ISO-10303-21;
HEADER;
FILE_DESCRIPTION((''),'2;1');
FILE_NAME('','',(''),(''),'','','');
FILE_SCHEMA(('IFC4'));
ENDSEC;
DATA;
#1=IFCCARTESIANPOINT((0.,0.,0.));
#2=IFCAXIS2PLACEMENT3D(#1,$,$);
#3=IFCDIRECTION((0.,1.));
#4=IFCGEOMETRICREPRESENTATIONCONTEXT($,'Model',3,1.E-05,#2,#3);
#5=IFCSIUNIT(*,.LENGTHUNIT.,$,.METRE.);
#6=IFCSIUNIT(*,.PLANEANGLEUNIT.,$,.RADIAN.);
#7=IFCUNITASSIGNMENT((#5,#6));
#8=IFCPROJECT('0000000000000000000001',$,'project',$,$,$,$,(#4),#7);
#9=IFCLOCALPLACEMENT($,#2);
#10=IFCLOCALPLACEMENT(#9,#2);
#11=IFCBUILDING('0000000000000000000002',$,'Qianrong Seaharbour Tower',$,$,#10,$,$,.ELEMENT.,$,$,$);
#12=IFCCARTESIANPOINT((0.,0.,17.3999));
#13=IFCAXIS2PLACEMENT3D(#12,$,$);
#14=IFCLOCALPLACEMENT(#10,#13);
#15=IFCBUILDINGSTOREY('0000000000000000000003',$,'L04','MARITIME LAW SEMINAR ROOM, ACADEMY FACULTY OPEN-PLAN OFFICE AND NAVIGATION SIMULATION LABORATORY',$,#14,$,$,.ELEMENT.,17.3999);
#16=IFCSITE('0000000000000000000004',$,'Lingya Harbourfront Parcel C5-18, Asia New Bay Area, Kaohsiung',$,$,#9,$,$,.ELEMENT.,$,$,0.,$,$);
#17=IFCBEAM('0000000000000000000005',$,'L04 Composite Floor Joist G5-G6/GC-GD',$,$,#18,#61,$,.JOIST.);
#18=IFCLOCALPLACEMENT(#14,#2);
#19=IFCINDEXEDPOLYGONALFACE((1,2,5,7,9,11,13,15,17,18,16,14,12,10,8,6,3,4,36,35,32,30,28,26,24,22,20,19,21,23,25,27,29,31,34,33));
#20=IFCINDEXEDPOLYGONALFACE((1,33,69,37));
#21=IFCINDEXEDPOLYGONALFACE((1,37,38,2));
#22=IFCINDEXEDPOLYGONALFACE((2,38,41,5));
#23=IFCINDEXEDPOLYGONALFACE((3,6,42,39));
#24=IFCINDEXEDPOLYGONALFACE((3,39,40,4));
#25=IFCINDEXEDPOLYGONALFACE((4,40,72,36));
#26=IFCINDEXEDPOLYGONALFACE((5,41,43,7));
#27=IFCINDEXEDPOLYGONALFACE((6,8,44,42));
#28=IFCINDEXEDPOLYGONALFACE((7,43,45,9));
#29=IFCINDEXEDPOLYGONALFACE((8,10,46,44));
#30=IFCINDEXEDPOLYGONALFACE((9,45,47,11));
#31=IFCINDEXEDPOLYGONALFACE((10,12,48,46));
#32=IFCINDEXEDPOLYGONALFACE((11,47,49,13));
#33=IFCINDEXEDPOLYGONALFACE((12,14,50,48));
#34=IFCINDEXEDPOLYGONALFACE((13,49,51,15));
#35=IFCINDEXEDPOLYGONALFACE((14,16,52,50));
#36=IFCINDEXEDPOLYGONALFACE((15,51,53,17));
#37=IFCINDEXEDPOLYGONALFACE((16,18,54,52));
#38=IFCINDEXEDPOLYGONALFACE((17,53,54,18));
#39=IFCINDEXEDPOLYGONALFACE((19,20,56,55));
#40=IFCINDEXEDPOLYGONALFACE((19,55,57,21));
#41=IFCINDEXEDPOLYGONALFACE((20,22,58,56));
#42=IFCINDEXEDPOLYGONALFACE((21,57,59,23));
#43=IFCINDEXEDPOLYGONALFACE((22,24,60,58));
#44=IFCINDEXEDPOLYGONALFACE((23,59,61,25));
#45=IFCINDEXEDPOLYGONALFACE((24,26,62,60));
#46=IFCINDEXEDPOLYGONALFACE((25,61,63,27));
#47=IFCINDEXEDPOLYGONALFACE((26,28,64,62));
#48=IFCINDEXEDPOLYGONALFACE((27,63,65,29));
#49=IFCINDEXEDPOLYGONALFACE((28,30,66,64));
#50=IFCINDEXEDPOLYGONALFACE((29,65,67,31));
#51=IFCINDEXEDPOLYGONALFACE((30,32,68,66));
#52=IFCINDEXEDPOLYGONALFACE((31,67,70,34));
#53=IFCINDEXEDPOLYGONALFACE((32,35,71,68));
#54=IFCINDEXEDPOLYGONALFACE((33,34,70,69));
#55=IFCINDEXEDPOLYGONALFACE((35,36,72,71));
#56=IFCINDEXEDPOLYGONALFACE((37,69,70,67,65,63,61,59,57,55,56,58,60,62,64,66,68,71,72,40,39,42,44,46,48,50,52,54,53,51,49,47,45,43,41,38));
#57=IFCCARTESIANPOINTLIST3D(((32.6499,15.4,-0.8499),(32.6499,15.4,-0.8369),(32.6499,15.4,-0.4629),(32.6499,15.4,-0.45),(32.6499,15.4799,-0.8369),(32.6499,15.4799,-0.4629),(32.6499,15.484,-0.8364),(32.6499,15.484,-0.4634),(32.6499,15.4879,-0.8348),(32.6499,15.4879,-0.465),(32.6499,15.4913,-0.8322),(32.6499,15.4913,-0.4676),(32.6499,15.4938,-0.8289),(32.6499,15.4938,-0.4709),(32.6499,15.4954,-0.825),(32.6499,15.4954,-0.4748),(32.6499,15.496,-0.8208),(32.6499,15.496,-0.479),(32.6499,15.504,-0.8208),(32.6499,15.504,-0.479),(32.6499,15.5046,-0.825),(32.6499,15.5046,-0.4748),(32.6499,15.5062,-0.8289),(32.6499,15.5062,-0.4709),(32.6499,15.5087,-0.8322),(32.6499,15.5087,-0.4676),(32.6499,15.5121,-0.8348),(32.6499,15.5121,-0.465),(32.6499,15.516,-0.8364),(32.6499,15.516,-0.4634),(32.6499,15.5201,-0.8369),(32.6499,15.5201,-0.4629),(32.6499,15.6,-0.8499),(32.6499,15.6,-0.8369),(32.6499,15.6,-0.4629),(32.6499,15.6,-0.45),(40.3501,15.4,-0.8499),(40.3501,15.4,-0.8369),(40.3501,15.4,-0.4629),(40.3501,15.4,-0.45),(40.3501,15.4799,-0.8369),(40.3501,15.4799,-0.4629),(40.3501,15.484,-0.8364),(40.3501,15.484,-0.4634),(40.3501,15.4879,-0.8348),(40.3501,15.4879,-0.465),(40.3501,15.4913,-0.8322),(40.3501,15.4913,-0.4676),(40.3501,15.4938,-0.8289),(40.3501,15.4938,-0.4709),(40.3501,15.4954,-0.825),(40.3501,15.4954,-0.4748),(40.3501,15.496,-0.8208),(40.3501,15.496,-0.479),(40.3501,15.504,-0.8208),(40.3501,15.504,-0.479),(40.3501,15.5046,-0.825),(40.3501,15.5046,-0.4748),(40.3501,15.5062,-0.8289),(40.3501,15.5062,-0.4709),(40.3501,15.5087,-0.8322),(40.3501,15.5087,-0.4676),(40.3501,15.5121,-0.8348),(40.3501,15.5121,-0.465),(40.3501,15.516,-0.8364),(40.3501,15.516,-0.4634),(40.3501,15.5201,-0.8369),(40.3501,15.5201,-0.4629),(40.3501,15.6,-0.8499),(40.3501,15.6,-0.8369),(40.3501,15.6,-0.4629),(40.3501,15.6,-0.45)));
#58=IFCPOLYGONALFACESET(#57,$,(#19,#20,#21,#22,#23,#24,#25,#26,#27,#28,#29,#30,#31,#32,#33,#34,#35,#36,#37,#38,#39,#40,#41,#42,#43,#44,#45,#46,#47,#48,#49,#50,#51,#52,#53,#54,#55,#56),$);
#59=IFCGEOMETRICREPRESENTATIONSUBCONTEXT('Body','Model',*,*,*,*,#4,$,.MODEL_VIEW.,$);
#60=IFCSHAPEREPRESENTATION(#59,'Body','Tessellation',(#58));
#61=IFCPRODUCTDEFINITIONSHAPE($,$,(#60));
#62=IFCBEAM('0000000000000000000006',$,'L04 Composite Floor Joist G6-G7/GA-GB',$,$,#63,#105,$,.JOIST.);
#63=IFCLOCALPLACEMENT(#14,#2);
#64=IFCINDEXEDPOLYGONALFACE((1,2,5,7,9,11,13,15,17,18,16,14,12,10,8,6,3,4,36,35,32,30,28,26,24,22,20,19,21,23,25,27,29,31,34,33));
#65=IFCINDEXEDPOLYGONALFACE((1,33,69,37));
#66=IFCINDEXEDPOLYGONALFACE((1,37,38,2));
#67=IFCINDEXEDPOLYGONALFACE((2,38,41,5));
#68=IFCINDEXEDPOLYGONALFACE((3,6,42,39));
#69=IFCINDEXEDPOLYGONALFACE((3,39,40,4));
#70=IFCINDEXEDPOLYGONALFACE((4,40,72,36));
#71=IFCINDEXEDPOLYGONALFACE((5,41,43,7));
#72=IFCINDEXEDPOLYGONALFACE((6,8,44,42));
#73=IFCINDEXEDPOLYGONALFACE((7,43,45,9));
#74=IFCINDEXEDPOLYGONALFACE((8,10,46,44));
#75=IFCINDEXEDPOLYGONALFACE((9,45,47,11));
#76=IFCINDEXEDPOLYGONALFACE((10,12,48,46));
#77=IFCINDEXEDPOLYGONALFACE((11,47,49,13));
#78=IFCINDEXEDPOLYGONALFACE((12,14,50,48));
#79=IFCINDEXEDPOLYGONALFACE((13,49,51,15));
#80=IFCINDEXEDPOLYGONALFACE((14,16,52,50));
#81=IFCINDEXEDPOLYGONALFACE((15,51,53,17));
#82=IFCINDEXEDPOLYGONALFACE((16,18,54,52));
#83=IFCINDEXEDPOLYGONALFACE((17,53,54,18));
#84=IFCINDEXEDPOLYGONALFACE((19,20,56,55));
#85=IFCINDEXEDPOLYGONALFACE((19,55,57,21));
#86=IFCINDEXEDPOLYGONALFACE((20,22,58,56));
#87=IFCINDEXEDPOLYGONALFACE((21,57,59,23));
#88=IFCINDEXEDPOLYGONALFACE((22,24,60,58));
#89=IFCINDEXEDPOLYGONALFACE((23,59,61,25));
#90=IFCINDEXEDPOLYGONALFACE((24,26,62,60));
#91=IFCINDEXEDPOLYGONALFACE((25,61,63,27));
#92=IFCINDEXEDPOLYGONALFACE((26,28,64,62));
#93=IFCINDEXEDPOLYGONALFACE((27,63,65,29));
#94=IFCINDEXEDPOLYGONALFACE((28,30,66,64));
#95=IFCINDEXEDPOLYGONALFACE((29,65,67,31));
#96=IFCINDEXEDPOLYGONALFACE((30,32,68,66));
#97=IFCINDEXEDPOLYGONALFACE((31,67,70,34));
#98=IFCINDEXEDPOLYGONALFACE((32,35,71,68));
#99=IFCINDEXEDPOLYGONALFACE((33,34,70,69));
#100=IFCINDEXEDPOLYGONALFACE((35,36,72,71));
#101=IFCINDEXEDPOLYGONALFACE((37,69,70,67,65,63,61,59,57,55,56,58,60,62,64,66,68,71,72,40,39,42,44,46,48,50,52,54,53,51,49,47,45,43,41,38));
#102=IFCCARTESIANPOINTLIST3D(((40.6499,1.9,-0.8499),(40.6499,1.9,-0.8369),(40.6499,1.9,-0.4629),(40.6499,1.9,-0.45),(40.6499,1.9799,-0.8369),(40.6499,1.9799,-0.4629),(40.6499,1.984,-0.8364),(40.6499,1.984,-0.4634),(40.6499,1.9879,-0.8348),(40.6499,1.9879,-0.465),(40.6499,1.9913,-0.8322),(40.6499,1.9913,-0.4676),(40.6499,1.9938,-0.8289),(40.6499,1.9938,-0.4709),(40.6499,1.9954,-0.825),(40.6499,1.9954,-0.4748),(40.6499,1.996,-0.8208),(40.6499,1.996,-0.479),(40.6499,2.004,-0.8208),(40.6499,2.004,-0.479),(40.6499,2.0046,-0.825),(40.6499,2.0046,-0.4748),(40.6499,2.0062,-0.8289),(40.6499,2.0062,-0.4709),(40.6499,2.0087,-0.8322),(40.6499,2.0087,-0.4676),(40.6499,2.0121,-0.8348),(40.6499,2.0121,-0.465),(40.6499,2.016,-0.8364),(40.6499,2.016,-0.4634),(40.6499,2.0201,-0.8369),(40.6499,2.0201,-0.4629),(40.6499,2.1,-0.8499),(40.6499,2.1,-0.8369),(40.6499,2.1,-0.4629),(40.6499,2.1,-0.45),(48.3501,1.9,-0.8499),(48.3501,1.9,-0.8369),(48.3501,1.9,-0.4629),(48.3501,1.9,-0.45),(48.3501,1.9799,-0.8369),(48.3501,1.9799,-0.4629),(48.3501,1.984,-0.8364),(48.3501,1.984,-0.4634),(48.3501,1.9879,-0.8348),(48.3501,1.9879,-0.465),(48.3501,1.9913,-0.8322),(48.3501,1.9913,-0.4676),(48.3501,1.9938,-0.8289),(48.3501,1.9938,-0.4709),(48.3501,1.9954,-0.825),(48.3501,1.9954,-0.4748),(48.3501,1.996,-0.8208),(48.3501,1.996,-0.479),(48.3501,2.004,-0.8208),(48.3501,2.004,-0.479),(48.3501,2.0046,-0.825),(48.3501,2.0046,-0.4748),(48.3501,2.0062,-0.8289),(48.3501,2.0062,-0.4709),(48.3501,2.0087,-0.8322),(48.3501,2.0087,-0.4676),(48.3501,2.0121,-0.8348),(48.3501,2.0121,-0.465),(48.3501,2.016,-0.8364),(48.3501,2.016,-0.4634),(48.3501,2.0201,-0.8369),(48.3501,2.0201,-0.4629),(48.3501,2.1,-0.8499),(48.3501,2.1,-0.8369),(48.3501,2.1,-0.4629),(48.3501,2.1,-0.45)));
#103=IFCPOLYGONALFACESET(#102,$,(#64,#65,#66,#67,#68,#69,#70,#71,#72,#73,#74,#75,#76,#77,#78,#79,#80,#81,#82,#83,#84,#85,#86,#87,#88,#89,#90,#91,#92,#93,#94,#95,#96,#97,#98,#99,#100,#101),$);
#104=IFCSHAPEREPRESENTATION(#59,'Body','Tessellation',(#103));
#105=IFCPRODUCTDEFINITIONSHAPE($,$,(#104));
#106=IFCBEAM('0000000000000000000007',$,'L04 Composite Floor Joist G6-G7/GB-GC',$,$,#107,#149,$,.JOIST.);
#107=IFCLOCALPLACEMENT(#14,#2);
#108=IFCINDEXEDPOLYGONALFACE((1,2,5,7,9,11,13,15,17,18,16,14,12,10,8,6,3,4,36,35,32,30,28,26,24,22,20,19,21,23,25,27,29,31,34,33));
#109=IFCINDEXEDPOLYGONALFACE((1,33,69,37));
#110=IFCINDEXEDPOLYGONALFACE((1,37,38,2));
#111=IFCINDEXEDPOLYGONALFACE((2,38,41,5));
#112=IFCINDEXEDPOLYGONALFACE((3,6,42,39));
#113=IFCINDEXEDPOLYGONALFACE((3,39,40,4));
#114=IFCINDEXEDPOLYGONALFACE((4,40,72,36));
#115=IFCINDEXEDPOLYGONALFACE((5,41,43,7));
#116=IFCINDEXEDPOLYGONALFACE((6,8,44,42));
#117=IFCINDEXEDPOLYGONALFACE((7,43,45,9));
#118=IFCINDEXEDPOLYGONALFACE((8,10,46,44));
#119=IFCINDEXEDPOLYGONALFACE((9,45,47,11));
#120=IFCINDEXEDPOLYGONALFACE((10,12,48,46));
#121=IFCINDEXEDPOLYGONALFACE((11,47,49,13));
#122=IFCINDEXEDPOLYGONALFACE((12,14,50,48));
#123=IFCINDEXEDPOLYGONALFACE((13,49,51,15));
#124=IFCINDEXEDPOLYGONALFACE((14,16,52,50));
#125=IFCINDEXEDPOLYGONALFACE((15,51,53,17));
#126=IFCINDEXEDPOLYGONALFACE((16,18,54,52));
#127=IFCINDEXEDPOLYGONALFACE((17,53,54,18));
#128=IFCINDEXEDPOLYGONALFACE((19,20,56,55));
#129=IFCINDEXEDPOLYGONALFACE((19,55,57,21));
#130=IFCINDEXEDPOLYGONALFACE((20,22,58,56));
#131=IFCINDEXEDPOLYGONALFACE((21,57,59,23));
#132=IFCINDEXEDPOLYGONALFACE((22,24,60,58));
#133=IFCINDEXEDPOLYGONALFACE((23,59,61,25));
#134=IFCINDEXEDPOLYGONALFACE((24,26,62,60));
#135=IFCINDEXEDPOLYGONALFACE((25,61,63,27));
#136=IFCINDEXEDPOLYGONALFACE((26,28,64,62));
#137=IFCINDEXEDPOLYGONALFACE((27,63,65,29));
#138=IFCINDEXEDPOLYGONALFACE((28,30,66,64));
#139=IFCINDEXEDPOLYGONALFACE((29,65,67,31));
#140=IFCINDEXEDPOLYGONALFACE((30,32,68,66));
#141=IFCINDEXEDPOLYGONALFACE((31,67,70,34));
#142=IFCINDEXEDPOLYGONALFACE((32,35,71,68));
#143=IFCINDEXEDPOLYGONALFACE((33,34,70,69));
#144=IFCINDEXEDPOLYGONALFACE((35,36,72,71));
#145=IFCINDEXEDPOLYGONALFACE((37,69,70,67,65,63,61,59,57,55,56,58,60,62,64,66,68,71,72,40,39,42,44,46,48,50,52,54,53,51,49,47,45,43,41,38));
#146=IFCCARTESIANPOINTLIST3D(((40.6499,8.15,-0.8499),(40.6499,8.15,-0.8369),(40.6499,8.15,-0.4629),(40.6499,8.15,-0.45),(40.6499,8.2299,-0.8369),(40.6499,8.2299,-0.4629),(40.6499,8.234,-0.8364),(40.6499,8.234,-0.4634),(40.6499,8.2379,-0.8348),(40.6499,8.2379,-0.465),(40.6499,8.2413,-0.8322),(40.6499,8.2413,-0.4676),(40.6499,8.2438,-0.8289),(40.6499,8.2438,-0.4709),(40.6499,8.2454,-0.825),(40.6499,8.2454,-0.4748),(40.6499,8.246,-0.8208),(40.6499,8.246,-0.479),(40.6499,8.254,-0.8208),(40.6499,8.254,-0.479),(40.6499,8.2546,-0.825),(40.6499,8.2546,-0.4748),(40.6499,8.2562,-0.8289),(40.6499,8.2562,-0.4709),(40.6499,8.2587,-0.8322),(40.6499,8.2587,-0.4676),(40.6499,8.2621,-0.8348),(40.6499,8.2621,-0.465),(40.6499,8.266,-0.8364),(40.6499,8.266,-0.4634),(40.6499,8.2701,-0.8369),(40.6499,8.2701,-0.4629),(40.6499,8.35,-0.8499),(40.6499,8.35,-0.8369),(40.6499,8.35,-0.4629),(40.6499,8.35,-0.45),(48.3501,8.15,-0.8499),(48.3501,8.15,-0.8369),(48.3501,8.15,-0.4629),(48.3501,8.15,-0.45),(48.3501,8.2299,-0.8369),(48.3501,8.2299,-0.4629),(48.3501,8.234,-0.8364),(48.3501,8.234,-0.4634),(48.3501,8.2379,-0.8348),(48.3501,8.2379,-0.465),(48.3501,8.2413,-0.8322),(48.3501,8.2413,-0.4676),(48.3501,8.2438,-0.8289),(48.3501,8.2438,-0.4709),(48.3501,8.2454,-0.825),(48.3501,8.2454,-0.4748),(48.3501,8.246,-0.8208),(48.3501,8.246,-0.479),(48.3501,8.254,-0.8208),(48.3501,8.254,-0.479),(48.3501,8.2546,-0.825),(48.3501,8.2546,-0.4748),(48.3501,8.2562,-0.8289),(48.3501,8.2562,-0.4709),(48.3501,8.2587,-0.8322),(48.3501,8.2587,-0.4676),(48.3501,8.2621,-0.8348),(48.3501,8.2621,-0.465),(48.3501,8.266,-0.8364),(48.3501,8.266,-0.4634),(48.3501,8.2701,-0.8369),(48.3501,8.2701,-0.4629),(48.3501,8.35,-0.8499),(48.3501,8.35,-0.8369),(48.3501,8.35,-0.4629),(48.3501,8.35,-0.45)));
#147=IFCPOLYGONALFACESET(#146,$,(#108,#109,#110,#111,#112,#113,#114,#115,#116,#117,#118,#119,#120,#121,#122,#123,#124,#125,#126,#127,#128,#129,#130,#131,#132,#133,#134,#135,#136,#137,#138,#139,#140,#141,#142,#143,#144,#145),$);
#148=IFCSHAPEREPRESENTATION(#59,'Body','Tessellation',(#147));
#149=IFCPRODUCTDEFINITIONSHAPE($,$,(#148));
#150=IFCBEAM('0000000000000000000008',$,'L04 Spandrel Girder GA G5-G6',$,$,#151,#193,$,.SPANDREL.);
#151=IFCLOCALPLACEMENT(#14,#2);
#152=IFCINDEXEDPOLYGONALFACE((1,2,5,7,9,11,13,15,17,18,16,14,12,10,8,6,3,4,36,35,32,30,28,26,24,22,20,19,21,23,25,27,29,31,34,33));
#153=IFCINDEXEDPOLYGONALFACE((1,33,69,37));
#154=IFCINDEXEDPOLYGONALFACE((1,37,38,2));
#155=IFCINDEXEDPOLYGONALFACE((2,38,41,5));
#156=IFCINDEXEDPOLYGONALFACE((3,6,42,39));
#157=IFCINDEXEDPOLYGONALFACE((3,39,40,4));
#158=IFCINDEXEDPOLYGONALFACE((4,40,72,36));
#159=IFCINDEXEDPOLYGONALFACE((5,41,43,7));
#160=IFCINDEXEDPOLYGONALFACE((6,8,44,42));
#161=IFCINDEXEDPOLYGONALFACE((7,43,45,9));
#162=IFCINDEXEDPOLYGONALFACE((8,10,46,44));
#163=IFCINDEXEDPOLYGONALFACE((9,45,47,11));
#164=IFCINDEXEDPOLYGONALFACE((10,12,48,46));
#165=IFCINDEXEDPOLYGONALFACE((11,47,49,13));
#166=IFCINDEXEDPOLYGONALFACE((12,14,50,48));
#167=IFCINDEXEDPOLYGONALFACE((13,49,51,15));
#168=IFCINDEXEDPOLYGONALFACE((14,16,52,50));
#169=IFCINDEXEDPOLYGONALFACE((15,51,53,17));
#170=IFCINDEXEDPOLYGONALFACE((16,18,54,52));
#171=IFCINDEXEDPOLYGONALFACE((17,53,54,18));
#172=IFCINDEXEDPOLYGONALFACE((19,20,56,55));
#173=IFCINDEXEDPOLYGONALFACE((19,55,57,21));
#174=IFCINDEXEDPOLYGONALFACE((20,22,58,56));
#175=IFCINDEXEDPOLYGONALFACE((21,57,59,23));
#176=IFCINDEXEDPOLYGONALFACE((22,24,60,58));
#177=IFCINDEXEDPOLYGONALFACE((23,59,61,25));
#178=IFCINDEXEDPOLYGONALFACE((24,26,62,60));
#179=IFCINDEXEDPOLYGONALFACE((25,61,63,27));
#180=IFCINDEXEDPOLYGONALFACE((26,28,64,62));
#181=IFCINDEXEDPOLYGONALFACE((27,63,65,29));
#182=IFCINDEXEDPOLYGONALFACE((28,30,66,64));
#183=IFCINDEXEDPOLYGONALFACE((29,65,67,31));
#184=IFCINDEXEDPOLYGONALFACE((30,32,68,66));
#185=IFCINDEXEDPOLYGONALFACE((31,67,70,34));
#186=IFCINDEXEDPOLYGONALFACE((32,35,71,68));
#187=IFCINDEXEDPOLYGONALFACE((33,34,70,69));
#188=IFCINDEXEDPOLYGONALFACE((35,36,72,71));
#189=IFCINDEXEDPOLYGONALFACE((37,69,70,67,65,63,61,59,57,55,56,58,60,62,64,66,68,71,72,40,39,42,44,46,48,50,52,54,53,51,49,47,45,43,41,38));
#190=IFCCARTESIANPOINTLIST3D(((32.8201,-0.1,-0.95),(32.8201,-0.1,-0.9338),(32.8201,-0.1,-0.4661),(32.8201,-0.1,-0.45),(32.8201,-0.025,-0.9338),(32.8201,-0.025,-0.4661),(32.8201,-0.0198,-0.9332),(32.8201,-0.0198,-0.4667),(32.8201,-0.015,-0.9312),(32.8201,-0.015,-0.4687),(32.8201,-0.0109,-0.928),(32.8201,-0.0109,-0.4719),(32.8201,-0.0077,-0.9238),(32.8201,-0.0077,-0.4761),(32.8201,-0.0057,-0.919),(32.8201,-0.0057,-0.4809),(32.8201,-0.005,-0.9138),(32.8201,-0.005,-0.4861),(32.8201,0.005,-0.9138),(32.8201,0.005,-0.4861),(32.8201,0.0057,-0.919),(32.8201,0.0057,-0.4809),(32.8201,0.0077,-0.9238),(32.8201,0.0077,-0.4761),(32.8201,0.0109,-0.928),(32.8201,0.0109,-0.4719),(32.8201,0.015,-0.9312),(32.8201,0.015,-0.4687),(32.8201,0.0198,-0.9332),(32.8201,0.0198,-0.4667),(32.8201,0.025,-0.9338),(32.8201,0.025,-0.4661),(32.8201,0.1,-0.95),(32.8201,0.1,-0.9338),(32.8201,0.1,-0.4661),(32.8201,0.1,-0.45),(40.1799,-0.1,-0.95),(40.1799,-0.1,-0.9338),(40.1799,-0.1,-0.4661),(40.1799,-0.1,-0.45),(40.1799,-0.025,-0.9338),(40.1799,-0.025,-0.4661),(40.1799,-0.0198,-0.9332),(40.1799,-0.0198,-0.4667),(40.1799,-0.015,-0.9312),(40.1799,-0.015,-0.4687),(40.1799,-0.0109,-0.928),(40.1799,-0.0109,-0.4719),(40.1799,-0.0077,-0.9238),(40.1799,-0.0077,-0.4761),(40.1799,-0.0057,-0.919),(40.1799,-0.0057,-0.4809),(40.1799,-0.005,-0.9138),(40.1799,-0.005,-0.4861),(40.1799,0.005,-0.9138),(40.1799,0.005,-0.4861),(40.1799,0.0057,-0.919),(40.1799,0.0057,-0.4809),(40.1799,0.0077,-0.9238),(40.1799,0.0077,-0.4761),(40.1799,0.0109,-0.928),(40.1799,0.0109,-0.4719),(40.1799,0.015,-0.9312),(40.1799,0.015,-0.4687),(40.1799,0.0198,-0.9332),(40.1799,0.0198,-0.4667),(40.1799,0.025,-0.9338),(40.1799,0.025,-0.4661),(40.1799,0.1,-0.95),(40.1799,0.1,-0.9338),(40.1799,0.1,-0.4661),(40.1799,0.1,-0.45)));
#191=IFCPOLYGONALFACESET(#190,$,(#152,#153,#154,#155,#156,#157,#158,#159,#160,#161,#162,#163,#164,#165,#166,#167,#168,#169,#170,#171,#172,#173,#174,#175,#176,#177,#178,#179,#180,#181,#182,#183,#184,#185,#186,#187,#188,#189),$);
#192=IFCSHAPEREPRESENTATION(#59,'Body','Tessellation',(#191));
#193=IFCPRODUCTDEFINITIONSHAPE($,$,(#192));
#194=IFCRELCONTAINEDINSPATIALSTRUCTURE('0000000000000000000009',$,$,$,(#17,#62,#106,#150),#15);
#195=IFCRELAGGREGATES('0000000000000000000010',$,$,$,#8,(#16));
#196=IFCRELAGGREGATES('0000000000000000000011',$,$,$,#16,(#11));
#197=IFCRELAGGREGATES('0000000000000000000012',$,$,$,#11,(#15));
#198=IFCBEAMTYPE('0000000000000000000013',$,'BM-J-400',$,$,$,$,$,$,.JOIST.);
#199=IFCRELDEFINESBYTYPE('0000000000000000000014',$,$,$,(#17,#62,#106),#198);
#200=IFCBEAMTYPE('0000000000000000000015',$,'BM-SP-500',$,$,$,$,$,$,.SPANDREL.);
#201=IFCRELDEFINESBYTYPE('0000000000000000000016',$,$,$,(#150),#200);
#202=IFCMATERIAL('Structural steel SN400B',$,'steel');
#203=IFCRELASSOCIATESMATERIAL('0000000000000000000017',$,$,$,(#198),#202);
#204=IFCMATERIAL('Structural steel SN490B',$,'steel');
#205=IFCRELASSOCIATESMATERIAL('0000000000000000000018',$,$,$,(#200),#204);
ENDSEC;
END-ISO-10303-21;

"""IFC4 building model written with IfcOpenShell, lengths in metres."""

from ifc_helpers import new_model, si_unit, direction, frame, origin, origin_2d, place, context, subcontext, project, spatial, i_section, extrude, material, material_profile, profile_set, type_object, element, save


model = new_model("IFC4")

# Units and contexts
model_context = context("Model", 3, precision=1e-05, world=origin(), true_north=direction((0.0, 1.0)))
body_context = subcontext(model_context, "Body", "Model", "MODEL_VIEW")
ifc_project = project(units=[si_unit("LENGTHUNIT", "METRE"), si_unit("PLANEANGLEUNIT", "RADIAN")], contexts=[model_context])

# Site, building, storey
site_placement = place(None, origin())
site = spatial("IfcSite", under=ifc_project, at=site_placement, Name="Lingya Harbourfront Parcel C5-18, Asia New Bay Area, Kaohsiung", CompositionType="ELEMENT", RefElevation=0.0)
building_placement = place(site_placement, origin())
building = spatial("IfcBuilding", under=site, at=building_placement, Name="Qianrong Seaharbour Tower", CompositionType="ELEMENT")
storey_placement = place(building_placement, frame((0.0, 0.0, 17.3999)))
storey = spatial("IfcBuildingStorey", under=building, at=storey_placement, Name="L04", Description="MARITIME LAW SEMINAR ROOM, ACADEMY FACULTY OPEN-PLAN OFFICE AND NAVIGATION SIMULATION LABORATORY", CompositionType="ELEMENT", Elevation=17.3999)

# Beams
ifc_material_1 = material(Name="Structural steel SN490B", Category="steel")
ifc_material_2 = material(Name="Structural steel SN400B", Category="steel")
ifc_material_profile_1 = material_profile(ifc_material_2, i_section(OverallWidth=0.2, OverallDepth=0.3999, WebThickness=0.0081, FlangeThickness=0.0129, FilletRadius=0.0161, at=origin_2d()), Name="H400x200x8x13")
ifc_profile_set_1 = profile_set([ifc_material_profile_1], Name="Structural steel SN400B")
beam_type_1 = type_object("IfcBeamType", Name="BM-J-400", PredefinedType="JOIST", material=ifc_profile_set_1)
for number, where, z_axis, x_axis, name in (
    (1, (32.6499, 15.5, -0.6499), (1.0, 0.0, 0.0), (0.0, 1.0, 0.0), "L04 Composite Floor Joist G5-G6/GC-GD"),
    (2, (40.6499, 2.0, -0.6499), (1.0, 0.0, 0.0), (0.0, 1.0, 0.0), "L04 Composite Floor Joist G6-G7/GA-GB"),
    (3, (40.6499, 8.25, -0.6499), (1.0, 0.0, 0.0), (0.0, 1.0, 0.0), "L04 Composite Floor Joist G6-G7/GB-GC"),
):
    element("IfcBeam", number, at=place(storey_placement, frame(where, z_axis=z_axis, x_axis=x_axis)), inside=storey, type_object=beam_type_1, Name=name, PredefinedType="JOIST", context=body_context, shape_type="SweptSolid", body=[
        extrude(i_section(OverallWidth=0.2, OverallDepth=0.3999, WebThickness=0.0081, FlangeThickness=0.0129, FilletRadius=0.0161, at=origin_2d()), origin(), (0.0, 0.0, 1.0), 7.7002),
    ])
ifc_material_profile_2 = material_profile(ifc_material_1, i_section(OverallWidth=0.2, OverallDepth=0.5, WebThickness=0.01, FlangeThickness=0.0161, FilletRadius=0.02, at=origin_2d()), Name="H500x200x10x16")
ifc_profile_set_2 = profile_set([ifc_material_profile_2], Name="Structural steel SN490B")
beam_type_2 = type_object("IfcBeamType", Name="BM-SP-500", PredefinedType="SPANDREL", material=ifc_profile_set_2)
beam_1_placement = place(storey_placement, frame((32.8201, 0.0, -0.7), z_axis=(1.0, 0.0, 0.0), x_axis=(0.0, 1.0, 0.0)))
element("IfcBeam", 4, at=beam_1_placement, inside=storey, type_object=beam_type_2, Name="L04 Spandrel Girder GA G5-G6", PredefinedType="SPANDREL", context=body_context, shape_type="SweptSolid", body=[
    extrude(i_section(OverallWidth=0.2, OverallDepth=0.5, WebThickness=0.01, FlangeThickness=0.0161, FilletRadius=0.02, at=origin_2d()), origin(), (0.0, 0.0, 1.0), 7.3599),
])

save(model, "model.ifc")
